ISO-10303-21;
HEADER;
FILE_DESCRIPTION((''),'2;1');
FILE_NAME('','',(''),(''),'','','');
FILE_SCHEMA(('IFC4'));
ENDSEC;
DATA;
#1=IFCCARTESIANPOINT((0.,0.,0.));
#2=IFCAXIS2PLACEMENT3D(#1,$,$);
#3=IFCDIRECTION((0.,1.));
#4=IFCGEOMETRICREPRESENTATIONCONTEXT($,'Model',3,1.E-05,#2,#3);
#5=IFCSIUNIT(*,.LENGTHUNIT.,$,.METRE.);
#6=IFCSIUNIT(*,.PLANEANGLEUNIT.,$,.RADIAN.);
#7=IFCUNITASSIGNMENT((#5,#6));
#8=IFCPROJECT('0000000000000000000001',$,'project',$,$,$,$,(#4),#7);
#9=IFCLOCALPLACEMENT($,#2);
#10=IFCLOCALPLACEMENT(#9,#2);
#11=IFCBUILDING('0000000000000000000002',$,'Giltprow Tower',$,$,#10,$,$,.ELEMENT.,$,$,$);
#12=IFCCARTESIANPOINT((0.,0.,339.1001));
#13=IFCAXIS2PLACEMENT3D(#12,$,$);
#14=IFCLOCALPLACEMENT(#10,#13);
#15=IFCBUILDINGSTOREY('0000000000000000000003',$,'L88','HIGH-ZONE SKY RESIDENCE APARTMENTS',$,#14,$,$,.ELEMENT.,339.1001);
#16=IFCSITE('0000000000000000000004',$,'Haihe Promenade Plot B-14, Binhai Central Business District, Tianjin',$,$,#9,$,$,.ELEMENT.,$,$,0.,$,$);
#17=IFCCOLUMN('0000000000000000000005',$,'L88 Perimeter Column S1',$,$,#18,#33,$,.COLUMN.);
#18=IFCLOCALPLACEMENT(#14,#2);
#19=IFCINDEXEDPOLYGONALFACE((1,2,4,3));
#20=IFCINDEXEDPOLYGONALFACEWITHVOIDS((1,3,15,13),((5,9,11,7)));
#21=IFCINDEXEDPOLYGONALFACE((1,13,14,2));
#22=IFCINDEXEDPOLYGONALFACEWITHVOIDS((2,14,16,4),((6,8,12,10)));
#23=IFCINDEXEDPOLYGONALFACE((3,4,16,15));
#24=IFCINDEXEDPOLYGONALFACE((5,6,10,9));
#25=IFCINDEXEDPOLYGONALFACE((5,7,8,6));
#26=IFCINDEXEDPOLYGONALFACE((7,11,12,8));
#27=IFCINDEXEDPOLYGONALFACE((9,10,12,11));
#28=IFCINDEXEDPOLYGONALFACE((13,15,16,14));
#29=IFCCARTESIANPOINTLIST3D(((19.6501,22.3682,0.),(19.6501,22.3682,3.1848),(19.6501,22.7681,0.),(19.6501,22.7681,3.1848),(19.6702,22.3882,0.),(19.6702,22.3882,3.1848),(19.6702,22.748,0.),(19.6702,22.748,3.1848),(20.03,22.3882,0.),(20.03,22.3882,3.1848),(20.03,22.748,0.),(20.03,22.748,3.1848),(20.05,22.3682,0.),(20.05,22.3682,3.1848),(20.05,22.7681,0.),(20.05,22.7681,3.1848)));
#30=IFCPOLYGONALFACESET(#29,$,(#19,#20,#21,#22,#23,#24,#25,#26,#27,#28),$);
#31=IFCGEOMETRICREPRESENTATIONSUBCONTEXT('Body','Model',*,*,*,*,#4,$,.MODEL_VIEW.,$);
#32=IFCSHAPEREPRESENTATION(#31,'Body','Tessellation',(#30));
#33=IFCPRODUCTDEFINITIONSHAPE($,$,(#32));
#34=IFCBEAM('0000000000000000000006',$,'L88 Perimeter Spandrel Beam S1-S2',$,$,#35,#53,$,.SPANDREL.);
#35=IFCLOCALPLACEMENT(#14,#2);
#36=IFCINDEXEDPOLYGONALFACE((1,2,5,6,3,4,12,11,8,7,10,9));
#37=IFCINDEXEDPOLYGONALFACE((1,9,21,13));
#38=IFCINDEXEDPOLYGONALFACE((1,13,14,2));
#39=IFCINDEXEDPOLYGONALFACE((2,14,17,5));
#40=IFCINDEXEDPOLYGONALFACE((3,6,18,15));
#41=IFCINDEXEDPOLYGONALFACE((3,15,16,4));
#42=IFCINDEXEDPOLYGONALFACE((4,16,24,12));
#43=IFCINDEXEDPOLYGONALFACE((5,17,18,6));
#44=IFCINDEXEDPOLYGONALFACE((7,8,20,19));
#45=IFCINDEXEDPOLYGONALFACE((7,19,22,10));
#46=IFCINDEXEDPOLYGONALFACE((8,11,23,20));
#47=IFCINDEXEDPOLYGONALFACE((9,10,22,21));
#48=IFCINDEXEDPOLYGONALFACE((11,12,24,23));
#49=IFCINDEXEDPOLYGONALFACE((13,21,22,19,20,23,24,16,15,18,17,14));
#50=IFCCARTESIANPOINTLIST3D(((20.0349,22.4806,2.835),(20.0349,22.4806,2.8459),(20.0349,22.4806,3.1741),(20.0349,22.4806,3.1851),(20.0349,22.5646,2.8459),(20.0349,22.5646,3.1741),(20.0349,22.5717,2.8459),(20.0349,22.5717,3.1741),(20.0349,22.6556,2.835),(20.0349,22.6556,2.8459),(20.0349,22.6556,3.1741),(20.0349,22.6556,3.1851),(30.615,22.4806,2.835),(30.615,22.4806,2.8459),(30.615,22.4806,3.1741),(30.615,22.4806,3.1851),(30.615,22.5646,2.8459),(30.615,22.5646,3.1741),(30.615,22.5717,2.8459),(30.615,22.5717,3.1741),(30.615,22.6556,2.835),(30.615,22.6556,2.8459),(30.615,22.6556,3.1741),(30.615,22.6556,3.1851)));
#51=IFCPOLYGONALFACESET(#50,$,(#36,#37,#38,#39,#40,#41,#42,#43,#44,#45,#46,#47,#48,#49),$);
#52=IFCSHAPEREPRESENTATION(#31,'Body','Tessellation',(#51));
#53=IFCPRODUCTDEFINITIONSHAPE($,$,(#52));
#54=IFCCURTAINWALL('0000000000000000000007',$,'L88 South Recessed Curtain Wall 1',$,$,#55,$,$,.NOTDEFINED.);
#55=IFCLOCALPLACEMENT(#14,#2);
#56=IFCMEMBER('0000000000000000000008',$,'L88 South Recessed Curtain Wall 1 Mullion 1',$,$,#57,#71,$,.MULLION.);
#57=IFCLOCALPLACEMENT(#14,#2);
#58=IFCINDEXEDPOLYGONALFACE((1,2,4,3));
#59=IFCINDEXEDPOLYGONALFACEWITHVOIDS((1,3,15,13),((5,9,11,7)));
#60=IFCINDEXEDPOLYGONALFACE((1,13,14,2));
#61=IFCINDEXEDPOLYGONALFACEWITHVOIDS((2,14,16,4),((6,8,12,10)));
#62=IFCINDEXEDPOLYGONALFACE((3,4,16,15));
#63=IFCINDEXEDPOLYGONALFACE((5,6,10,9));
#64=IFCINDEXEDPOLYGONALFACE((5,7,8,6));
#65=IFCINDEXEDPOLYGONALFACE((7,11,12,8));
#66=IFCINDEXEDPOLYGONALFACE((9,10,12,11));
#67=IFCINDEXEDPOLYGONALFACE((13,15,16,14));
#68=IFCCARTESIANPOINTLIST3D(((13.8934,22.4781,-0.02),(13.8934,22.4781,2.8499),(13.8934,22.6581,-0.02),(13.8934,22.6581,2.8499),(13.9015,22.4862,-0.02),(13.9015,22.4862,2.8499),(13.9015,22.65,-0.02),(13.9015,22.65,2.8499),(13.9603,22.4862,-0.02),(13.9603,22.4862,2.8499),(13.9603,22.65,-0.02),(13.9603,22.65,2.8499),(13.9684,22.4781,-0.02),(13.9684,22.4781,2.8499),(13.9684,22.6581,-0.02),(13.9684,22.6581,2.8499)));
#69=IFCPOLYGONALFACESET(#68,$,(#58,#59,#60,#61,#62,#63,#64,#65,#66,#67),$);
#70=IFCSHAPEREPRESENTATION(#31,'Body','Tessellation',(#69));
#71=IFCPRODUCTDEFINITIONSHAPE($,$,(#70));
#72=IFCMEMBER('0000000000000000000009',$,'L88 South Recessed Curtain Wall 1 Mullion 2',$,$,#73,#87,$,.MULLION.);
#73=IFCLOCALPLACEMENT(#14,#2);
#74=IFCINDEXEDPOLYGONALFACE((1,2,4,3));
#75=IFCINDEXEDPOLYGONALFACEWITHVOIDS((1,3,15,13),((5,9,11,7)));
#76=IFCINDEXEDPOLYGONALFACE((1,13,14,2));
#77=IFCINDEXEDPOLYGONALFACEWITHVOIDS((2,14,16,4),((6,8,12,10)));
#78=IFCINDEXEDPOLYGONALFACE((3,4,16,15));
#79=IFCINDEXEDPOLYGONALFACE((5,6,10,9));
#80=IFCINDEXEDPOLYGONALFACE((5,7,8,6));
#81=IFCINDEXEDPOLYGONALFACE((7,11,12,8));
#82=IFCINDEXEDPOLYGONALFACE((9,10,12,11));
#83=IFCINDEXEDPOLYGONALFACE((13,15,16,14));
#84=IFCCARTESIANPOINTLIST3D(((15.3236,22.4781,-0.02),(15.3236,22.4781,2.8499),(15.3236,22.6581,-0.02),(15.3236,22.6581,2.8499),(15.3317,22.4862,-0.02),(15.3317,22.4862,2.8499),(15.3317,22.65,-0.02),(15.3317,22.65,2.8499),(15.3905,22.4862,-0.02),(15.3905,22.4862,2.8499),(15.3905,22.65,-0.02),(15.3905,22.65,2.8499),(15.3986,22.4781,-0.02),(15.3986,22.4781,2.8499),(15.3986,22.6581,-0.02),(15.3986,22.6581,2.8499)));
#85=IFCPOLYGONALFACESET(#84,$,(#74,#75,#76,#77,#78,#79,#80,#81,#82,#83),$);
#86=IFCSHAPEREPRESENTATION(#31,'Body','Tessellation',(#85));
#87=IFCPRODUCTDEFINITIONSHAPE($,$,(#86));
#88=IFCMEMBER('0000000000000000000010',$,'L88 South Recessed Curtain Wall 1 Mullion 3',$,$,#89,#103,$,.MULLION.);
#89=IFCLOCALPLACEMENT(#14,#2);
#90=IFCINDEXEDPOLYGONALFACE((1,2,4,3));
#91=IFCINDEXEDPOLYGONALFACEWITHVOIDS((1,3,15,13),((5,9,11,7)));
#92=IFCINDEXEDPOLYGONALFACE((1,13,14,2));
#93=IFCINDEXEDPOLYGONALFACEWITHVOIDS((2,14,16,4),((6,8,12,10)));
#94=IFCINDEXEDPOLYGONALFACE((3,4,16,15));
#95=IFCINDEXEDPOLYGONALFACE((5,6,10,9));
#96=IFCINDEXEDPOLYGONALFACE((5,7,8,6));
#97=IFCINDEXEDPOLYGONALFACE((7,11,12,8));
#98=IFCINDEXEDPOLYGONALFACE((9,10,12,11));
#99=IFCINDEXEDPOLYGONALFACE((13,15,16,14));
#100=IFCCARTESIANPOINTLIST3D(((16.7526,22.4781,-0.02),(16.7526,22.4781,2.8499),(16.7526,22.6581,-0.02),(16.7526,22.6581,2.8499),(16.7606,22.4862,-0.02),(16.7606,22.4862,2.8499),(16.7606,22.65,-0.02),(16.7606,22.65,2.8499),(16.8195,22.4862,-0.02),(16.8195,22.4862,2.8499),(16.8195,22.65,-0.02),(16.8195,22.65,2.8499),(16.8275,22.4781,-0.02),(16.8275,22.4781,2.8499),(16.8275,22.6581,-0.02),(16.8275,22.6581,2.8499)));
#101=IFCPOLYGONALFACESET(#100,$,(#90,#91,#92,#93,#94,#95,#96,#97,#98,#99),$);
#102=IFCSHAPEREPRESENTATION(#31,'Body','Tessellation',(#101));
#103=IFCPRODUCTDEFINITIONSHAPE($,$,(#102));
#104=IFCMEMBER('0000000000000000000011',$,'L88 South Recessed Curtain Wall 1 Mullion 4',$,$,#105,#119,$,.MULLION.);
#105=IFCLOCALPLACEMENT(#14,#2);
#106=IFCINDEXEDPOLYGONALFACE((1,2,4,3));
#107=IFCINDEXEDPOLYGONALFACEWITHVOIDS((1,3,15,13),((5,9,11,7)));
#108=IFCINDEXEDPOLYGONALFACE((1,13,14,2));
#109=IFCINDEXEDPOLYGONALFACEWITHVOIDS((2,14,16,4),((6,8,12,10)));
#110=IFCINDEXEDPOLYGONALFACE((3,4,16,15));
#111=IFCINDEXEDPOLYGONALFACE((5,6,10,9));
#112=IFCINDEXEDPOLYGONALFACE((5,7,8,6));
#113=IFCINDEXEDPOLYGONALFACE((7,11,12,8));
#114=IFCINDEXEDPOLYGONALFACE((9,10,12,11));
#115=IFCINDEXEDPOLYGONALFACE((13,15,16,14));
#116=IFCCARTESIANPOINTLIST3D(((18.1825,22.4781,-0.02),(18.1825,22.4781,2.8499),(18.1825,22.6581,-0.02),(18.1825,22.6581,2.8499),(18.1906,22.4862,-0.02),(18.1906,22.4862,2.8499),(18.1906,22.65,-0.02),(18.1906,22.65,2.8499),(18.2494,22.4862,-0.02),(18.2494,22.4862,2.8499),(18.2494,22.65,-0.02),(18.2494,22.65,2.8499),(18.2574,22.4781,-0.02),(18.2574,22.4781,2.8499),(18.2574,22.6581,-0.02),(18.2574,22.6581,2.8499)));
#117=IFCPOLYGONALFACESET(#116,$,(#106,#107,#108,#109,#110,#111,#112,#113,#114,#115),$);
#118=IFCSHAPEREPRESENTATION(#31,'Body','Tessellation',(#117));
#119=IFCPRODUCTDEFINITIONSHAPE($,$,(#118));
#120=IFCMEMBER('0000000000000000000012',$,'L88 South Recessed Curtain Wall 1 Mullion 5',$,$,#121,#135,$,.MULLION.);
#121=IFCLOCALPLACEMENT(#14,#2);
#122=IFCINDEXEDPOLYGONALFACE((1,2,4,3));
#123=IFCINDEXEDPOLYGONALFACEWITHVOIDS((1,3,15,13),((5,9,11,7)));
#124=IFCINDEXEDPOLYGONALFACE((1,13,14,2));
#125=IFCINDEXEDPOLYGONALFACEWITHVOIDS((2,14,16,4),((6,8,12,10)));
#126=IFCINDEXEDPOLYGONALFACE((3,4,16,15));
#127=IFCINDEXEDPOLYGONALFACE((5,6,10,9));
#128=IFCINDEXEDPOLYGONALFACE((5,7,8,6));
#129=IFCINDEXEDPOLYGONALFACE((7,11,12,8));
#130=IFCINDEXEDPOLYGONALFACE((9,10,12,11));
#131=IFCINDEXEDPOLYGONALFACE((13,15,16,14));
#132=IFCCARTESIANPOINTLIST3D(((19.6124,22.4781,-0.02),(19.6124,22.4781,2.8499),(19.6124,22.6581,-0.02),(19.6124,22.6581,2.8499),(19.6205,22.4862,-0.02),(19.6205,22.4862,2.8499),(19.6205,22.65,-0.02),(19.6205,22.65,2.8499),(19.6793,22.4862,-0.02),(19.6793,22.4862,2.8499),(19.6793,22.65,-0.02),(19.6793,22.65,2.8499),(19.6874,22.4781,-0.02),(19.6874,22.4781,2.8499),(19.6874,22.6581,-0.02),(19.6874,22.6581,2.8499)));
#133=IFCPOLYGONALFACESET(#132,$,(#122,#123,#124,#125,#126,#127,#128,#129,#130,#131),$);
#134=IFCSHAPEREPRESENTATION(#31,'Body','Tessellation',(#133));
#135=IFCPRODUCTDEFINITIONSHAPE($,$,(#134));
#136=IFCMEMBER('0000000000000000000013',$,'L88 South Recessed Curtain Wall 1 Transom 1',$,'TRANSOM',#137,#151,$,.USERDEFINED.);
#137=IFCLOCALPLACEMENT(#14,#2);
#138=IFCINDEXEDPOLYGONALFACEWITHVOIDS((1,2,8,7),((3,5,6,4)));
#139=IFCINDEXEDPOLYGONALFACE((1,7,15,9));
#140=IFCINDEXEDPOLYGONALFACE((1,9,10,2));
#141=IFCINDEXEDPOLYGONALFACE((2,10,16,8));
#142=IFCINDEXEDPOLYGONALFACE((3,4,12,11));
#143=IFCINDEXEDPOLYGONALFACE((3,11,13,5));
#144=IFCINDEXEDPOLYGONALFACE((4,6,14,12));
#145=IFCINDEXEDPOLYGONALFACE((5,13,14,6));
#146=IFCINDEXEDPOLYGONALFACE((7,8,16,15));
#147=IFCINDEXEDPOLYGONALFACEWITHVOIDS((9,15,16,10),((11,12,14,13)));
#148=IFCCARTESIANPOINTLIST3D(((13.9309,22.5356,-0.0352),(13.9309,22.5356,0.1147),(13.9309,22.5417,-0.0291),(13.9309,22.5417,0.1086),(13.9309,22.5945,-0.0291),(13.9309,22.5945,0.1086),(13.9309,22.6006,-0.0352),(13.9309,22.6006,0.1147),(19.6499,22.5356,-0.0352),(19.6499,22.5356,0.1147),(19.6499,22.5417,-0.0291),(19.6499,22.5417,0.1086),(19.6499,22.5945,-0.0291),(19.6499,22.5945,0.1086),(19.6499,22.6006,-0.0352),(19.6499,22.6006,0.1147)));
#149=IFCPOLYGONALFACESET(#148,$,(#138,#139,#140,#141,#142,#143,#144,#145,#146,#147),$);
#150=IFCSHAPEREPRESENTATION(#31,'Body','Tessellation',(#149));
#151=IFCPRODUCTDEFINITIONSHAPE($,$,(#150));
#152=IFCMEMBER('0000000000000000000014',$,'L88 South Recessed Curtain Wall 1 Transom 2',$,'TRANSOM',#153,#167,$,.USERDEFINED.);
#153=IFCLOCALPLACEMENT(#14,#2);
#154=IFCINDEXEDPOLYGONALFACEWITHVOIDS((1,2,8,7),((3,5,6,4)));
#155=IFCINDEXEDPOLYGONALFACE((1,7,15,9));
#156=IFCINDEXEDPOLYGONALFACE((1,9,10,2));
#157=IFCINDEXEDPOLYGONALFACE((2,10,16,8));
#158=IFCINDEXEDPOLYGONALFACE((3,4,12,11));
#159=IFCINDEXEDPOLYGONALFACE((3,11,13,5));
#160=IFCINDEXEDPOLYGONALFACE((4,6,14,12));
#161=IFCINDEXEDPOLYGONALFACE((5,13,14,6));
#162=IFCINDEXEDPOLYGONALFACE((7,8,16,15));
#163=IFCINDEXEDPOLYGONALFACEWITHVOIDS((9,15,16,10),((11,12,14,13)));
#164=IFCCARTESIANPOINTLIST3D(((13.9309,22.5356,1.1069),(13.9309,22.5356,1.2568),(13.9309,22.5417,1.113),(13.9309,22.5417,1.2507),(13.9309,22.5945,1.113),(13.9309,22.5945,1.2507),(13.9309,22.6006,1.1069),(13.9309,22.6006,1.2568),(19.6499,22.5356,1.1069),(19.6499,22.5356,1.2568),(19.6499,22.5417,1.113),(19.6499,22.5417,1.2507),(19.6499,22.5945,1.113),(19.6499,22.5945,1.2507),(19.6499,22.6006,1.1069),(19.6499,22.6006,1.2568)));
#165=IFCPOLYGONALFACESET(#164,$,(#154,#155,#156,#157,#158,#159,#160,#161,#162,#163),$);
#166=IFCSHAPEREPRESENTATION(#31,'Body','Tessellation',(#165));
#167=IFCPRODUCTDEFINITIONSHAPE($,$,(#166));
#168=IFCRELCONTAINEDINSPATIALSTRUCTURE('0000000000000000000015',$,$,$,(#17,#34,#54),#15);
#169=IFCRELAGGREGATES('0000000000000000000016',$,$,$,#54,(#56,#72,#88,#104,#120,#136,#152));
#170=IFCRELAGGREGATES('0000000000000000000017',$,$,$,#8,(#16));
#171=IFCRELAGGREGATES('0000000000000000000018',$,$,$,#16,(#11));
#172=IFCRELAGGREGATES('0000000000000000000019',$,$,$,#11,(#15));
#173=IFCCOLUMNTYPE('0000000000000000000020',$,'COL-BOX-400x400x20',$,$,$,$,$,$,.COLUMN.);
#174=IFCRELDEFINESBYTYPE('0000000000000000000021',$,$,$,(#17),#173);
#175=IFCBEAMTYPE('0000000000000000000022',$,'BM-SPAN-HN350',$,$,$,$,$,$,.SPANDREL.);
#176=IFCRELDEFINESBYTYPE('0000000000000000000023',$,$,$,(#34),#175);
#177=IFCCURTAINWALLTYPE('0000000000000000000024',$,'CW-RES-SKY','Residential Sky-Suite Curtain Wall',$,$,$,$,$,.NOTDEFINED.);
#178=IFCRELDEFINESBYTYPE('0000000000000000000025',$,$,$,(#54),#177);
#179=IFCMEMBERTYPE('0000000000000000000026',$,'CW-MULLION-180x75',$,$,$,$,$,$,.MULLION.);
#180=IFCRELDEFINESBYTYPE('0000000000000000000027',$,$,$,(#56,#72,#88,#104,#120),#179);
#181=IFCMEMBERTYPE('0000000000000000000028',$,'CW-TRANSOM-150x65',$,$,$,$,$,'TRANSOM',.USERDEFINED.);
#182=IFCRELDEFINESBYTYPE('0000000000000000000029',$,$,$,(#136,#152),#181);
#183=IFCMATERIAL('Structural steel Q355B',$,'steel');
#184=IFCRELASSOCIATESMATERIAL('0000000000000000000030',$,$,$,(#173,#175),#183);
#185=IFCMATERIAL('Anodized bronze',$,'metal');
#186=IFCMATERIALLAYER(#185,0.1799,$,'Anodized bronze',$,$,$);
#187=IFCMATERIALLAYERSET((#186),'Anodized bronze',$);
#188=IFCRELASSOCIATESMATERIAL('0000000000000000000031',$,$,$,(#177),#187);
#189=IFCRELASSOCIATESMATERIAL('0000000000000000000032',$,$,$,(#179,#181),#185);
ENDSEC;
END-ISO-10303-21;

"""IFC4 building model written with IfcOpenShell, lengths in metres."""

from ifc_helpers import new_model, si_unit, direction, frame, origin, origin_2d, place, context, subcontext, project, spatial, hollow_rectangle, i_section, extrude, source, transform, mapped, material, layer, layer_set, material_profile, profile_set, type_object, element, aggregate, save


model = new_model("IFC4")

# Units and contexts
model_context = context("Model", 3, precision=1e-05, world=origin(), true_north=direction((0.0, 1.0)))
body_context = subcontext(model_context, "Body", "Model", "MODEL_VIEW")
ifc_project = project(units=[si_unit("LENGTHUNIT", "METRE"), si_unit("PLANEANGLEUNIT", "RADIAN")], contexts=[model_context])

# Site, building, storey
site_placement = place(None, origin())
site = spatial("IfcSite", under=ifc_project, at=site_placement, Name="Haihe Promenade Plot B-14, Binhai Central Business District, Tianjin", CompositionType="ELEMENT", RefElevation=0.0)
building_placement = place(site_placement, origin())
building = spatial("IfcBuilding", under=site, at=building_placement, Name="Giltprow Tower", CompositionType="ELEMENT")
storey_placement = place(building_placement, frame((0.0, 0.0, 339.1001)))
storey = spatial("IfcBuildingStorey", under=building, at=storey_placement, Name="L88", Description="HIGH-ZONE SKY RESIDENCE APARTMENTS", CompositionType="ELEMENT", Elevation=339.1001)

# Column
ifc_material_1 = material(Name="Structural steel Q355B", Category="steel")
ifc_material_profile_1 = material_profile(ifc_material_1, hollow_rectangle(XDim=0.3999, YDim=0.3999, WallThickness=0.02, at=origin_2d()), Name="BOX 400x400x20")
ifc_profile_set_1 = profile_set([ifc_material_profile_1], Name="Structural steel Q355B")
column_type = type_object("IfcColumnType", Name="COL-BOX-400x400x20", PredefinedType="COLUMN", material=ifc_profile_set_1)
shared_shape_1 = source(origin(), body_context, "Body", "SweptSolid", [
    extrude(hollow_rectangle(XDim=0.3999, YDim=0.3999, WallThickness=0.02, at=origin_2d()), origin(), (0.0, 0.0, 1.0), 3.1848),
])
column_placement = place(storey_placement, frame((19.8501, 22.5681, 0.0), z_axis=(0.0, 0.0, 1.0), x_axis=(1.0, 0.0, 0.0)))
element("IfcColumn", 1, at=column_placement, inside=storey, type_object=column_type, Name="L88 Perimeter Column S1", PredefinedType="COLUMN", context=body_context, shape_type="MappedRepresentation", body=[
    mapped(shared_shape_1, transform((0.0, 0.0, 0.0), x_axis=(1.0, 0.0, 0.0), y_axis=(0.0, 1.0, 0.0), z_axis=(0.0, 0.0, 1.0), scale=1.0)),
])

# Beam
ifc_material_profile_2 = material_profile(ifc_material_1, i_section(OverallWidth=0.175, OverallDepth=0.3501, WebThickness=0.0071, FlangeThickness=0.011, at=origin_2d()), Name="HN 350x175x7x11")
ifc_profile_set_2 = profile_set([ifc_material_profile_2], Name="Structural steel Q355B")
beam_type = type_object("IfcBeamType", Name="BM-SPAN-HN350", PredefinedType="SPANDREL", material=ifc_profile_set_2)
shared_shape_2 = source(origin(), body_context, "Body", "SweptSolid", [
    extrude(i_section(OverallWidth=0.175, OverallDepth=0.3501, WebThickness=0.0071, FlangeThickness=0.011, at=origin_2d()), origin(), (0.0, 0.0, 1.0), 10.5801),
])
beam_placement = place(storey_placement, frame((20.0349, 22.5681, 3.01), z_axis=(1.0, 0.0, 0.0), x_axis=(0.0, 1.0, 0.0)))
element("IfcBeam", 2, at=beam_placement, inside=storey, type_object=beam_type, Name="L88 Perimeter Spandrel Beam S1-S2", PredefinedType="SPANDREL", context=body_context, shape_type="MappedRepresentation", body=[
    mapped(shared_shape_2, transform((0.0, 0.0, 0.0), x_axis=(1.0, 0.0, 0.0), y_axis=(0.0, 1.0, 0.0), z_axis=(0.0, 0.0, 1.0), scale=1.0)),
])

# Curtain wall, members
ifc_material_2 = material(Name="Anodized bronze", Category="metal")
ifc_layer_1 = layer(ifc_material_2, 0.1799, Name="Anodized bronze")
ifc_layer_set_1 = layer_set([ifc_layer_1], Name="Anodized bronze")
curtain_wall_type = type_object("IfcCurtainWallType", Name="CW-RES-SKY", Description="Residential Sky-Suite Curtain Wall", PredefinedType="NOTDEFINED", material=ifc_layer_set_1)
curtain_wall_placement = place(storey_placement, origin())
curtain_wall = element("IfcCurtainWall", 3, at=curtain_wall_placement, inside=storey, type_object=curtain_wall_type, Name="L88 South Recessed Curtain Wall 1", PredefinedType="NOTDEFINED")
ifc_material_profile_3 = material_profile(ifc_material_2, hollow_rectangle(XDim=0.075, YDim=0.1799, WallThickness=0.0081, at=origin_2d()), Name="RHS 180x75x8")
ifc_profile_set_3 = profile_set([ifc_material_profile_3], Name="Anodized bronze")
member_type_1 = type_object("IfcMemberType", Name="CW-MULLION-180x75", PredefinedType="MULLION", material=ifc_profile_set_3)
shared_shape_3 = source(origin(), body_context, "Body", "SweptSolid", [
    extrude(hollow_rectangle(XDim=0.075, YDim=0.1799, WallThickness=0.0081, at=origin_2d()), origin(), (0.0, 0.0, 1.0), 2.8699),
])
member_1_placement = place(storey_placement, frame((13.9309, 22.5681, -0.02), z_axis=(0.0, 0.0, 1.0), x_axis=(1.0, 0.0, 0.0)))
member_1 = element("IfcMember", 4, at=member_1_placement, type_object=member_type_1, Name="L88 South Recessed Curtain Wall 1 Mullion 1", PredefinedType="MULLION", context=body_context, shape_type="MappedRepresentation", body=[
    mapped(shared_shape_3, transform((0.0, 0.0, 0.0), x_axis=(1.0, 0.0, 0.0), y_axis=(0.0, 1.0, 0.0), z_axis=(0.0, 0.0, 1.0), scale=1.0)),
])
member_2_placement = place(storey_placement, frame((15.3611, 22.5681, -0.02), z_axis=(0.0, 0.0, 1.0), x_axis=(1.0, 0.0, 0.0)))
member_2 = element("IfcMember", 5, at=member_2_placement, type_object=member_type_1, Name="L88 South Recessed Curtain Wall 1 Mullion 2", PredefinedType="MULLION", context=body_context, shape_type="MappedRepresentation", body=[
    mapped(shared_shape_3, transform((0.0, 0.0, 0.0), x_axis=(1.0, 0.0, 0.0), y_axis=(0.0, 1.0, 0.0), z_axis=(0.0, 0.0, 1.0), scale=1.0)),
])
member_3_placement = place(storey_placement, frame((16.79, 22.5681, -0.02), z_axis=(0.0, 0.0, 1.0), x_axis=(1.0, 0.0, 0.0)))
member_3 = element("IfcMember", 6, at=member_3_placement, type_object=member_type_1, Name="L88 South Recessed Curtain Wall 1 Mullion 3", PredefinedType="MULLION", context=body_context, shape_type="MappedRepresentation", body=[
    mapped(shared_shape_3, transform((0.0, 0.0, 0.0), x_axis=(1.0, 0.0, 0.0), y_axis=(0.0, 1.0, 0.0), z_axis=(0.0, 0.0, 1.0), scale=1.0)),
])
member_4_placement = place(storey_placement, frame((18.22, 22.5681, -0.02), z_axis=(0.0, 0.0, 1.0), x_axis=(1.0, 0.0, 0.0)))
member_4 = element("IfcMember", 7, at=member_4_placement, type_object=member_type_1, Name="L88 South Recessed Curtain Wall 1 Mullion 4", PredefinedType="MULLION", context=body_context, shape_type="MappedRepresentation", body=[
    mapped(shared_shape_3, transform((0.0, 0.0, 0.0), x_axis=(1.0, 0.0, 0.0), y_axis=(0.0, 1.0, 0.0), z_axis=(0.0, 0.0, 1.0), scale=1.0)),
])
member_5_placement = place(storey_placement, frame((19.6499, 22.5681, -0.02), z_axis=(0.0, 0.0, 1.0), x_axis=(1.0, 0.0, 0.0)))
member_5 = element("IfcMember", 8, at=member_5_placement, type_object=member_type_1, Name="L88 South Recessed Curtain Wall 1 Mullion 5", PredefinedType="MULLION", context=body_context, shape_type="MappedRepresentation", body=[
    mapped(shared_shape_3, transform((0.0, 0.0, 0.0), x_axis=(1.0, 0.0, 0.0), y_axis=(0.0, 1.0, 0.0), z_axis=(0.0, 0.0, 1.0), scale=1.0)),
])
ifc_material_profile_4 = material_profile(ifc_material_2, hollow_rectangle(XDim=0.0649, YDim=0.1499, WallThickness=0.0061, at=origin_2d()), Name="RHS 150x65x6")
ifc_profile_set_4 = profile_set([ifc_material_profile_4], Name="Anodized bronze")
member_type_2 = type_object("IfcMemberType", Name="CW-TRANSOM-150x65", ElementType="TRANSOM", PredefinedType="USERDEFINED", material=ifc_profile_set_4)
shared_shape_4 = source(origin(), body_context, "Body", "SweptSolid", [
    extrude(hollow_rectangle(XDim=0.0649, YDim=0.1499, WallThickness=0.0061, at=origin_2d()), origin(), (0.0, 0.0, 1.0), 5.719),
])
member_6_placement = place(storey_placement, frame((13.9309, 22.5681, 0.0398), z_axis=(1.0, 0.0, 0.0), x_axis=(0.0, 1.0, 0.0)))
member_6 = element("IfcMember", 9, at=member_6_placement, type_object=member_type_2, Name="L88 South Recessed Curtain Wall 1 Transom 1", ObjectType="TRANSOM", PredefinedType="USERDEFINED", context=body_context, shape_type="MappedRepresentation", body=[
    mapped(shared_shape_4, transform((0.0, 0.0, 0.0), x_axis=(1.0, 0.0, 0.0), y_axis=(0.0, 1.0, 0.0), z_axis=(0.0, 0.0, 1.0), scale=1.0)),
])
member_7_placement = place(storey_placement, frame((13.9309, 22.5681, 1.1819), z_axis=(1.0, 0.0, 0.0), x_axis=(0.0, 1.0, 0.0)))
member_7 = element("IfcMember", 10, at=member_7_placement, type_object=member_type_2, Name="L88 South Recessed Curtain Wall 1 Transom 2", ObjectType="TRANSOM", PredefinedType="USERDEFINED", context=body_context, shape_type="MappedRepresentation", body=[
    mapped(shared_shape_4, transform((0.0, 0.0, 0.0), x_axis=(1.0, 0.0, 0.0), y_axis=(0.0, 1.0, 0.0), z_axis=(0.0, 0.0, 1.0), scale=1.0)),
])

aggregate(curtain_wall, [member_1, member_2, member_3, member_4, member_5, member_6, member_7])

save(model, "model.ifc")
